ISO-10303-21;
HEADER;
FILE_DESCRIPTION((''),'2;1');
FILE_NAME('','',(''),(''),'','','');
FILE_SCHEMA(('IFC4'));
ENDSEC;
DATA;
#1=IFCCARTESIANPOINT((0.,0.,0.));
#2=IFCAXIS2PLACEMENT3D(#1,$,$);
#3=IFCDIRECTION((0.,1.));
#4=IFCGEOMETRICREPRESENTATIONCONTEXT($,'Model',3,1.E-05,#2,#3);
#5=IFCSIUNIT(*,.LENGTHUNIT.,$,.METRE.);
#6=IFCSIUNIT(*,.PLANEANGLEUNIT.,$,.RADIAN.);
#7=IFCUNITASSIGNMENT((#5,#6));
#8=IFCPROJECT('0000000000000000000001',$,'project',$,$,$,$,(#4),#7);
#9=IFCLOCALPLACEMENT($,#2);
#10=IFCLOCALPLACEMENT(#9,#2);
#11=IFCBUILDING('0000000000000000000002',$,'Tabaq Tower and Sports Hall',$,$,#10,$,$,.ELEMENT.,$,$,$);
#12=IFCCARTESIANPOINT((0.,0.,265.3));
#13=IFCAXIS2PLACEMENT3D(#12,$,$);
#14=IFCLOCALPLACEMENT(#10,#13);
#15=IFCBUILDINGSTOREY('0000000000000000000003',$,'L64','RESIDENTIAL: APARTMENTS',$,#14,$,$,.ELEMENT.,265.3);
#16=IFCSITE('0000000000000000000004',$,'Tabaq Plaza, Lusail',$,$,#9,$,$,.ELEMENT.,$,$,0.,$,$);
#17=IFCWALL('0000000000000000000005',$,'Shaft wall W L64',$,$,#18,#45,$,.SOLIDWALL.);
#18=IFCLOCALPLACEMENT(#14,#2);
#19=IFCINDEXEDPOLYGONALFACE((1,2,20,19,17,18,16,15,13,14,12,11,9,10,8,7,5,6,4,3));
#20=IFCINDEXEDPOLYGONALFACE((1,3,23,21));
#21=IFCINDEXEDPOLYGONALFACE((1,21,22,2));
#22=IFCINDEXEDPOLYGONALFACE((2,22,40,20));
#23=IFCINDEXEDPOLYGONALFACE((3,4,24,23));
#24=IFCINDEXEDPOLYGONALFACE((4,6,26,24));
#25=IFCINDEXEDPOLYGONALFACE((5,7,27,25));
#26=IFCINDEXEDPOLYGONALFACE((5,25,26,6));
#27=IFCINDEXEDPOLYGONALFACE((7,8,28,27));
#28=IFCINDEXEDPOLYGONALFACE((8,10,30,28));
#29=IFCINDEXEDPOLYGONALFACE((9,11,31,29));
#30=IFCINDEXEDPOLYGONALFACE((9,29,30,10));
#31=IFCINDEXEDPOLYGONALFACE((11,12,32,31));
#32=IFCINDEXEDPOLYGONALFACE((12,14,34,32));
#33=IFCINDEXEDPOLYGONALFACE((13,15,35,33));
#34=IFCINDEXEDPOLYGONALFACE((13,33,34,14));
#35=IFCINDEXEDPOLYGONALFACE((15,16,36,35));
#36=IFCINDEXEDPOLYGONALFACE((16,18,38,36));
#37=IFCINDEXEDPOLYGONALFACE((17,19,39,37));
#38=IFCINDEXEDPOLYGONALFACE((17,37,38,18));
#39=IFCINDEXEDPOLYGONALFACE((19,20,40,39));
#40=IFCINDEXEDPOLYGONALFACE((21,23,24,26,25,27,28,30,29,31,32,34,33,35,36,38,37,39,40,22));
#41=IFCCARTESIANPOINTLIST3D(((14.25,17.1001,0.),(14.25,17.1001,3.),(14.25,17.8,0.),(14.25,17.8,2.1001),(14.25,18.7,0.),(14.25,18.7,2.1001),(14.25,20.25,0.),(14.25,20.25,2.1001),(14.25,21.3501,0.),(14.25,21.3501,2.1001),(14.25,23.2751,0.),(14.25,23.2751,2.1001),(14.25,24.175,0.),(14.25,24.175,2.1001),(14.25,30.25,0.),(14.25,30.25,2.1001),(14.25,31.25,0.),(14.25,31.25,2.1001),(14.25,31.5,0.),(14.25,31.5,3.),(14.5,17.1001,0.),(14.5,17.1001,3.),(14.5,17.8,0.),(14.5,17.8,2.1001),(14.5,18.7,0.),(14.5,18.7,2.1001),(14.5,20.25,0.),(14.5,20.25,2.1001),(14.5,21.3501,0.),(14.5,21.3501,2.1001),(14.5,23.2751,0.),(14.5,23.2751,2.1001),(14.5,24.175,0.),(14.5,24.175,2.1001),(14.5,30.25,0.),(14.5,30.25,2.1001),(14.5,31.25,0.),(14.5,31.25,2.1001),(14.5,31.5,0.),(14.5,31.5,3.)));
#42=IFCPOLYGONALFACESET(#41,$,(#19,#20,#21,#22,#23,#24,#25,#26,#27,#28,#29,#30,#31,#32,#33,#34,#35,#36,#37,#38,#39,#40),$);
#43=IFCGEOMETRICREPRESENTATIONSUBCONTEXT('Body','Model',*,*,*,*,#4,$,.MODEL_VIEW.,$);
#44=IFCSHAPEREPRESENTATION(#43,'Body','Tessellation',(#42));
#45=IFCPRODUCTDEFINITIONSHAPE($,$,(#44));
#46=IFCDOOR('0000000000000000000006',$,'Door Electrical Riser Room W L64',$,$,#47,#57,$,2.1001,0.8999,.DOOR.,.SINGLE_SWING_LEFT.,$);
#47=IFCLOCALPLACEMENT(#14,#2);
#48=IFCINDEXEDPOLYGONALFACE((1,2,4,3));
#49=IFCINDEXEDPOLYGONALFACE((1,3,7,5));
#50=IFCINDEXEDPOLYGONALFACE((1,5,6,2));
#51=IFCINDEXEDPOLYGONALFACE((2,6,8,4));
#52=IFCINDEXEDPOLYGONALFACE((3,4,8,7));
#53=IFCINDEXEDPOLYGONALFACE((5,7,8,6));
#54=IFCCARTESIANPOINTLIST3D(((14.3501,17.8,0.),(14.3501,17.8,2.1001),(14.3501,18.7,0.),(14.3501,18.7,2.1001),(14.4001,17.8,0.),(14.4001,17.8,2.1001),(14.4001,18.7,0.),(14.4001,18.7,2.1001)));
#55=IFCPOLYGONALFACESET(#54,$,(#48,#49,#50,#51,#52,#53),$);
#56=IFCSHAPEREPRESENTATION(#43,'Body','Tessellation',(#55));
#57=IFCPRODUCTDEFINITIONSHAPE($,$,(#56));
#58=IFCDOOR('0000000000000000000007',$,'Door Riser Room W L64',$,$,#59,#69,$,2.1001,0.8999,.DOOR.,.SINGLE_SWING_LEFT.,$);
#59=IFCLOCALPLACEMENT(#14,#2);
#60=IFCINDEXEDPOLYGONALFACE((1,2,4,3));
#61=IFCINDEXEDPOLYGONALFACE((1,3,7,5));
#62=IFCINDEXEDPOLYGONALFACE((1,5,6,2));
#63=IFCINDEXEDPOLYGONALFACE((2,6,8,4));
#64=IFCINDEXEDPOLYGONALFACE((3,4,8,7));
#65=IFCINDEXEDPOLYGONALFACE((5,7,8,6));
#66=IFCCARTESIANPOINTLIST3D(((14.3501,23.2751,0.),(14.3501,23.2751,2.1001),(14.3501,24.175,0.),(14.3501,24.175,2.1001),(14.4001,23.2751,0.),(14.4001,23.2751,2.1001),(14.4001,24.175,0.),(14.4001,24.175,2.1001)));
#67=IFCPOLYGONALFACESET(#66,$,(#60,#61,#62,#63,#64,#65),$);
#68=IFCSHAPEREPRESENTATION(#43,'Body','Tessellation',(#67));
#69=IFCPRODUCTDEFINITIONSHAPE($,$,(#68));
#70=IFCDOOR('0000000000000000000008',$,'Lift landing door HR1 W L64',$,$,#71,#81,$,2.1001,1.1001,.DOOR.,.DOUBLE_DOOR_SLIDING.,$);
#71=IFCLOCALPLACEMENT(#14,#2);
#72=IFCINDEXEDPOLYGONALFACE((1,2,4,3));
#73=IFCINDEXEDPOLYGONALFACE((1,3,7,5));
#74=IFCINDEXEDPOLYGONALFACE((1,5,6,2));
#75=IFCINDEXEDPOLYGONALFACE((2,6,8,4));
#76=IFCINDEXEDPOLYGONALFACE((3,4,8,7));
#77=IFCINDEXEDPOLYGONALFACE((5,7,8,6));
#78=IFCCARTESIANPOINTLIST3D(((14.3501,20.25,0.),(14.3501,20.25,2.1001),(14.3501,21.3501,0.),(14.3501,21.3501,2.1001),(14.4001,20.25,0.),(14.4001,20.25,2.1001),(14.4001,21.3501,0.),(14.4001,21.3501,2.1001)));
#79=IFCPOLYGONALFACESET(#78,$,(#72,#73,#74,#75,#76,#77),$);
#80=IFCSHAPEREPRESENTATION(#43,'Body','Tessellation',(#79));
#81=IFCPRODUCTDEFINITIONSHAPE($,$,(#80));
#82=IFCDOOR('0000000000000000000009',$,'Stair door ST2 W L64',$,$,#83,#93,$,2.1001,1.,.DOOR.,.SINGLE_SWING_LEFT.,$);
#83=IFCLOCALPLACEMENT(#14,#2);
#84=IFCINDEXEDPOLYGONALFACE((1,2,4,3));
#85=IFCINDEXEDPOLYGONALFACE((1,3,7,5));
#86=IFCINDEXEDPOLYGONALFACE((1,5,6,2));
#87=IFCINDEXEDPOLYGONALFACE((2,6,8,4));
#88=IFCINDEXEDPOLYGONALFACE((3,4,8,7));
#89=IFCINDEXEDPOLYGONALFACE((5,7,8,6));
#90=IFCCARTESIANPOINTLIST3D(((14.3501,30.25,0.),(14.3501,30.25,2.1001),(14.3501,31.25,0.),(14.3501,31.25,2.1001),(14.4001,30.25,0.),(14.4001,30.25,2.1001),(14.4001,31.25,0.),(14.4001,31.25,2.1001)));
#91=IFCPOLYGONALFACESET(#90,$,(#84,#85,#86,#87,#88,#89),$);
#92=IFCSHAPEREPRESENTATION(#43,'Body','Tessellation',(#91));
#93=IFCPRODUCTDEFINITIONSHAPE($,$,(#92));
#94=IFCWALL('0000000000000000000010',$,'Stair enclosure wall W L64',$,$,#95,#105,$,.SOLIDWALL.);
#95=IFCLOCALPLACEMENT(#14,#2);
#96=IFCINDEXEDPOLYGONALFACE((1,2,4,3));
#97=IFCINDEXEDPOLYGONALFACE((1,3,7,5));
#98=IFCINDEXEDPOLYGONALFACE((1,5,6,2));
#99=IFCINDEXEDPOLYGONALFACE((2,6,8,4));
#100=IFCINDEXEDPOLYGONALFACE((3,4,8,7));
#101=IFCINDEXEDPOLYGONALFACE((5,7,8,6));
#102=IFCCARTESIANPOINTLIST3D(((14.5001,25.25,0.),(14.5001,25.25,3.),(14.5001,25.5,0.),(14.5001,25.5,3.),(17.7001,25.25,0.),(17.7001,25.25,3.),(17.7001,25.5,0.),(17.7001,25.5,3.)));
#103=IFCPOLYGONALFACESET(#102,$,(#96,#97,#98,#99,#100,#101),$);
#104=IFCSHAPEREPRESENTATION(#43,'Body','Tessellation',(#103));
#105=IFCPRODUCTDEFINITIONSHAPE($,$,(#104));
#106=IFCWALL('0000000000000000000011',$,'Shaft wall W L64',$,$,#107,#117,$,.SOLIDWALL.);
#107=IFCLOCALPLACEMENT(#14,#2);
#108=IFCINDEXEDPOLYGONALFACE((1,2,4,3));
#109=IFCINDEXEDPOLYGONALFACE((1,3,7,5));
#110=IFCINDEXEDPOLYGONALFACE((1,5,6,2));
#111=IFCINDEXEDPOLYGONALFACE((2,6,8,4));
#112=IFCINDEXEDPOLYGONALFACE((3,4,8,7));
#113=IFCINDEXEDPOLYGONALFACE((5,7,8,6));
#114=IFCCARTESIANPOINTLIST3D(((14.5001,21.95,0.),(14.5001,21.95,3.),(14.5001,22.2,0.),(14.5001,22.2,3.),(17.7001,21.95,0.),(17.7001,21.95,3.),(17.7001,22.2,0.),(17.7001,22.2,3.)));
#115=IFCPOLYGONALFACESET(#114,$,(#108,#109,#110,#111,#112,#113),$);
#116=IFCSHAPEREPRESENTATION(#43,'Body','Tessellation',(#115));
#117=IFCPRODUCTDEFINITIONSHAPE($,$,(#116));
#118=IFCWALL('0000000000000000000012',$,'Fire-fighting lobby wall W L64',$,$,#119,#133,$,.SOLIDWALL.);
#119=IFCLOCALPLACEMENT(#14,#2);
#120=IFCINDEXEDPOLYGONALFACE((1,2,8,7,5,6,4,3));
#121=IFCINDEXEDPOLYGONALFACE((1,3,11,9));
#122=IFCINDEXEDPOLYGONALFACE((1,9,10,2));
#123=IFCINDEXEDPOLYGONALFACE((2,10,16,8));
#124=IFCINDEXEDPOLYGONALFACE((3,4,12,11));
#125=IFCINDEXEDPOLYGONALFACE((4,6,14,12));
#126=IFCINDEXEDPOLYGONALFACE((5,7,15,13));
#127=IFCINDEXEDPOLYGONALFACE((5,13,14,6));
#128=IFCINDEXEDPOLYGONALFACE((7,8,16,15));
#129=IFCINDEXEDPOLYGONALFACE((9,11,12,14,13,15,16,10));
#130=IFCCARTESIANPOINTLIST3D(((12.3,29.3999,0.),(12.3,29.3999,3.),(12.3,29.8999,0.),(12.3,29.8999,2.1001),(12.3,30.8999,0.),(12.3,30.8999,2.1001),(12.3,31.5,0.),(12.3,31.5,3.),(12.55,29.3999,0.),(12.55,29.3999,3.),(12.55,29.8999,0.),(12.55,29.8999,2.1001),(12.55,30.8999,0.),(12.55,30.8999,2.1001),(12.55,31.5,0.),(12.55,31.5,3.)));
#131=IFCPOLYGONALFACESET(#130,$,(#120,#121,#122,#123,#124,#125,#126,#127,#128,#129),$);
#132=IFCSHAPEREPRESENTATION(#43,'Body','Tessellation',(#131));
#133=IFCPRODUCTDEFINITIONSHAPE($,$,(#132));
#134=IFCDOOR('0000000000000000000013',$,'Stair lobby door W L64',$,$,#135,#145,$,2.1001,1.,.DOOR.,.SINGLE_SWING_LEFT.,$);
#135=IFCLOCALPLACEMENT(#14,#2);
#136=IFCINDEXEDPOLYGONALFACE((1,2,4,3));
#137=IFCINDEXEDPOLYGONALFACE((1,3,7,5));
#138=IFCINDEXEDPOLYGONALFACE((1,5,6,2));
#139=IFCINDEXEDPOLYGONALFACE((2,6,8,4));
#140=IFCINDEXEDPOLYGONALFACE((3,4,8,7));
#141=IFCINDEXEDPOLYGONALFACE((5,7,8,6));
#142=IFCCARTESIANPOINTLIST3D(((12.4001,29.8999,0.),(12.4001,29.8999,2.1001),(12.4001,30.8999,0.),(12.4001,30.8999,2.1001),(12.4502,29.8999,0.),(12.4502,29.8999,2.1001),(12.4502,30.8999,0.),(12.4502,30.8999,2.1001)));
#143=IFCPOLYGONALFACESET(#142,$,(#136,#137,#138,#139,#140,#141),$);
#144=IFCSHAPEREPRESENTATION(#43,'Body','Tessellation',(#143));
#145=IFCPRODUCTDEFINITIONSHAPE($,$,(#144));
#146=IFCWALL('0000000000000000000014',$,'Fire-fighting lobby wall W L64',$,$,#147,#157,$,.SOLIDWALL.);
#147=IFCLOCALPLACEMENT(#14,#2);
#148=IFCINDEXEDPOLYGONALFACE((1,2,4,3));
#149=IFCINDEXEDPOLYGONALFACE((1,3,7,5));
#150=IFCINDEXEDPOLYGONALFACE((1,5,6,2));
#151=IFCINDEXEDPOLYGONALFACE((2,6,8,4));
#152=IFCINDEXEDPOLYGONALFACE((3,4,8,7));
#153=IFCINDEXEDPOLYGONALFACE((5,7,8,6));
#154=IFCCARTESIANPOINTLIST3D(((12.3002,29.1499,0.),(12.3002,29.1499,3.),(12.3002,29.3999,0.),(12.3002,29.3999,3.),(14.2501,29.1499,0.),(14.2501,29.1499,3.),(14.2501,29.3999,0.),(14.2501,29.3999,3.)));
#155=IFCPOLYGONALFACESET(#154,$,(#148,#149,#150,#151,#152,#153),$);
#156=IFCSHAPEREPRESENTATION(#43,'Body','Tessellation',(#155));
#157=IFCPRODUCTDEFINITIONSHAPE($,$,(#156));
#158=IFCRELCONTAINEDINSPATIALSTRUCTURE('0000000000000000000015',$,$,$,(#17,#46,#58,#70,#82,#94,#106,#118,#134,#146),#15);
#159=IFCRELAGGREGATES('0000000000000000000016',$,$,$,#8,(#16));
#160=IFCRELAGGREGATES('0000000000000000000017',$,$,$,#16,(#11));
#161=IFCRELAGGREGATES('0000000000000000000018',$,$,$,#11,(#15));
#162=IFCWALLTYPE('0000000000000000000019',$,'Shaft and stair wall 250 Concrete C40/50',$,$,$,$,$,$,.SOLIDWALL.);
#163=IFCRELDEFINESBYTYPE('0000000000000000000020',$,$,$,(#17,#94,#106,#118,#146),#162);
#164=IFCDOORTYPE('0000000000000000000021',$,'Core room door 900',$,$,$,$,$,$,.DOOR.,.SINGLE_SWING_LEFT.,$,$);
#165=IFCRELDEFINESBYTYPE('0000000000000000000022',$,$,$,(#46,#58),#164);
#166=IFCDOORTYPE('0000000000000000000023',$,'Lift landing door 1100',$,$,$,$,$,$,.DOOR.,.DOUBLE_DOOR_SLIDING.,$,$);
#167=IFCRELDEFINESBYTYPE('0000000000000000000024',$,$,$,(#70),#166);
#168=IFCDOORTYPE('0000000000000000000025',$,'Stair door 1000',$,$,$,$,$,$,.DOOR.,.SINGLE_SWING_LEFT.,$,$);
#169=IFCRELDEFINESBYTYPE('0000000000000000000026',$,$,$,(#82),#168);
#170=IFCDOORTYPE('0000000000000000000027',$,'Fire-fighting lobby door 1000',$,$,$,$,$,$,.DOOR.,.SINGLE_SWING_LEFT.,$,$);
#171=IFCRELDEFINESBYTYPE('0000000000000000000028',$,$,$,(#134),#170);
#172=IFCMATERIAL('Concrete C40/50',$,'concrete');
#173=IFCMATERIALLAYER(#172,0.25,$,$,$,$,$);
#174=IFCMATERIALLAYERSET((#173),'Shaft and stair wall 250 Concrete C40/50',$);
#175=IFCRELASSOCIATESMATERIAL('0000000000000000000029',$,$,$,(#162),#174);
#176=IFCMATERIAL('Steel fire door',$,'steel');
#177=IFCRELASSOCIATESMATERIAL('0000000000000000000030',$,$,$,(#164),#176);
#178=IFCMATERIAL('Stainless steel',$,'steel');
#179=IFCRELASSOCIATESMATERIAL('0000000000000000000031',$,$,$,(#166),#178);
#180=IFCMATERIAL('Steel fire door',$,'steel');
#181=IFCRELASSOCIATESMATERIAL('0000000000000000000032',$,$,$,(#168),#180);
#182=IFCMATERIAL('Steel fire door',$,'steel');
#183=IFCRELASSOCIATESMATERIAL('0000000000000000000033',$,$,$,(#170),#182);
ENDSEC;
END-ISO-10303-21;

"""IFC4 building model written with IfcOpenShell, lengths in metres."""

from ifc_helpers import new_model, si_unit, direction, frame, frame_2d, origin, place, context, subcontext, project, spatial, rectangle, extrude, material, layer, layer_set, type_object, element, fill, save


model = new_model("IFC4")

# Units and contexts
model_context = context("Model", 3, precision=1e-05, world=origin(), true_north=direction((0.0, 1.0)))
body_context = subcontext(model_context, "Body", "Model", "MODEL_VIEW")
ifc_project = project(units=[si_unit("LENGTHUNIT", "METRE"), si_unit("PLANEANGLEUNIT", "RADIAN")], contexts=[model_context])

# Site, building, storey
site_placement = place(None, origin())
site = spatial("IfcSite", under=ifc_project, at=site_placement, Name="Tabaq Plaza, Lusail", CompositionType="ELEMENT", RefElevation=0.0)
building_placement = place(site_placement, origin())
building = spatial("IfcBuilding", under=site, at=building_placement, Name="Tabaq Tower and Sports Hall", CompositionType="ELEMENT")
storey_placement = place(building_placement, frame((0.0, 0.0, 265.3)))
storey = spatial("IfcBuildingStorey", under=building, at=storey_placement, Name="L64", Description="RESIDENTIAL: APARTMENTS", CompositionType="ELEMENT", Elevation=265.3)

# Wall, openings, doors
ifc_material_1 = material(Name="Concrete C40/50", Category="concrete")
ifc_layer_1 = layer(ifc_material_1, 0.25)
ifc_layer_set_1 = layer_set([ifc_layer_1], Name="Shaft and stair wall 250 Concrete C40/50")
wall_type_1 = type_object("IfcWallType", Name="Shaft and stair wall 250 Concrete C40/50", PredefinedType="SOLIDWALL", material=ifc_layer_set_1)
wall_1_placement = place(storey_placement, frame((14.375, 17.1001, 0.0), z_axis=(0.0, 0.0, 1.0), x_axis=(0.0, 1.0, 0.0)))
wall_1 = element("IfcWall", 1, at=wall_1_placement, inside=storey, type_object=wall_type_1, Name="Shaft wall W L64", PredefinedType="SOLIDWALL", context=body_context, shape_type="SweptSolid", body=[
    extrude(rectangle(XDim=14.3999, YDim=0.25, at=frame_2d((7.2, 0.0))), origin(), (0.0, 0.0, 1.0), 3.0),
])
opening_1_placement = place(wall_1_placement, frame((13.1499, 0.0, 0.0)))
opening_1 = element("IfcOpeningElement", 2, at=opening_1_placement, cuts=wall_1, PredefinedType="OPENING", context=body_context, shape_type="SweptSolid", body=[
    extrude(rectangle(XDim=1.0, YDim=2.1001, at=frame_2d((0.5, 1.05))), frame((0.0, 0.125, 0.0), z_axis=(0.0, -1.0, 0.0), x_axis=(1.0, 0.0, 0.0)), (0.0, 0.0, 1.0), 0.25),
])
opening_2_placement = place(wall_1_placement, frame((3.1499, 0.0, 0.0)))
opening_2 = element("IfcOpeningElement", 3, at=opening_2_placement, cuts=wall_1, PredefinedType="OPENING", context=body_context, shape_type="SweptSolid", body=[
    extrude(rectangle(XDim=1.1001, YDim=2.1001, at=frame_2d((0.55, 1.05))), frame((0.0, 0.125, 0.0), z_axis=(0.0, -1.0, 0.0), x_axis=(1.0, 0.0, 0.0)), (0.0, 0.0, 1.0), 0.25),
])
opening_3_placement = place(wall_1_placement, frame((0.7, 0.0, 0.0)))
opening_3 = element("IfcOpeningElement", 4, at=opening_3_placement, cuts=wall_1, PredefinedType="OPENING", context=body_context, shape_type="SweptSolid", body=[
    extrude(rectangle(XDim=0.8999, YDim=2.1001, at=frame_2d((0.45, 1.05))), frame((0.0, 0.125, 0.0), z_axis=(0.0, -1.0, 0.0), x_axis=(1.0, 0.0, 0.0)), (0.0, 0.0, 1.0), 0.25),
])
opening_4_placement = place(wall_1_placement, frame((6.175, 0.0, 0.0)))
opening_4 = element("IfcOpeningElement", 5, at=opening_4_placement, cuts=wall_1, PredefinedType="OPENING", context=body_context, shape_type="SweptSolid", body=[
    extrude(rectangle(XDim=0.8999, YDim=2.1001, at=frame_2d((0.45, 1.05))), frame((0.0, 0.125, 0.0), z_axis=(0.0, -1.0, 0.0), x_axis=(1.0, 0.0, 0.0)), (0.0, 0.0, 1.0), 0.25),
])
ifc_material_2 = material(Name="Steel fire door", Category="steel")
door_type_1 = type_object("IfcDoorType", Name="Core room door 900", OperationType="SINGLE_SWING_LEFT", PredefinedType="DOOR", material=ifc_material_2)
door_1_placement = place(opening_3_placement, origin())
door_1 = element("IfcDoor", 6, at=door_1_placement, inside=storey, type_object=door_type_1, Name="Door Electrical Riser Room W L64", OperationType="SINGLE_SWING_LEFT", OverallHeight=2.1001, OverallWidth=0.8999, PredefinedType="DOOR", context=body_context, shape_type="SweptSolid", body=[
    extrude(rectangle(XDim=0.8999, YDim=2.1001, at=frame_2d((0.45, 1.05))), frame((0.0, 0.0249, 0.0), z_axis=(0.0, -1.0, 0.0), x_axis=(1.0, 0.0, 0.0)), (0.0, 0.0, 1.0), 0.05),
])
fill(opening_3, door_1)
door_2_placement = place(opening_4_placement, origin())
door_2 = element("IfcDoor", 7, at=door_2_placement, inside=storey, type_object=door_type_1, Name="Door Riser Room W L64", OperationType="SINGLE_SWING_LEFT", OverallHeight=2.1001, OverallWidth=0.8999, PredefinedType="DOOR", context=body_context, shape_type="SweptSolid", body=[
    extrude(rectangle(XDim=0.8999, YDim=2.1001, at=frame_2d((0.45, 1.05))), frame((0.0, 0.0249, 0.0), z_axis=(0.0, -1.0, 0.0), x_axis=(1.0, 0.0, 0.0)), (0.0, 0.0, 1.0), 0.05),
])
fill(opening_4, door_2)
ifc_material_3 = material(Name="Stainless steel", Category="steel")
door_type_2 = type_object("IfcDoorType", Name="Lift landing door 1100", OperationType="DOUBLE_DOOR_SLIDING", PredefinedType="DOOR", material=ifc_material_3)
door_3_placement = place(opening_2_placement, origin())
door_3 = element("IfcDoor", 8, at=door_3_placement, inside=storey, type_object=door_type_2, Name="Lift landing door HR1 W L64", OperationType="DOUBLE_DOOR_SLIDING", OverallHeight=2.1001, OverallWidth=1.1001, PredefinedType="DOOR", context=body_context, shape_type="SweptSolid", body=[
    extrude(rectangle(XDim=1.1001, YDim=2.1001, at=frame_2d((0.55, 1.05))), frame((0.0, 0.0249, 0.0), z_axis=(0.0, -1.0, 0.0), x_axis=(1.0, 0.0, 0.0)), (0.0, 0.0, 1.0), 0.05),
])
fill(opening_2, door_3)
ifc_material_4 = material(Name="Steel fire door", Category="steel")
door_type_3 = type_object("IfcDoorType", Name="Stair door 1000", OperationType="SINGLE_SWING_LEFT", PredefinedType="DOOR", material=ifc_material_4)
door_4_placement = place(opening_1_placement, origin())
door_4 = element("IfcDoor", 9, at=door_4_placement, inside=storey, type_object=door_type_3, Name="Stair door ST2 W L64", OperationType="SINGLE_SWING_LEFT", OverallHeight=2.1001, OverallWidth=1.0, PredefinedType="DOOR", context=body_context, shape_type="SweptSolid", body=[
    extrude(rectangle(XDim=1.0, YDim=2.1001, at=frame_2d((0.5, 1.05))), frame((0.0, 0.0249, 0.0), z_axis=(0.0, -1.0, 0.0), x_axis=(1.0, 0.0, 0.0)), (0.0, 0.0, 1.0), 0.05),
])
fill(opening_1, door_4)

# Walls
for number, where, z_axis, x_axis, name in (
    (10, (14.5, 25.375, 0.0), (0.0, 0.0, 1.0), (1.0, 0.0, 0.0), "Stair enclosure wall W L64"),
    (11, (14.5, 22.075, 0.0), (0.0, 0.0, 1.0), (1.0, 0.0, 0.0), "Shaft wall W L64"),
):
    element("IfcWall", number, at=place(storey_placement, frame(where, z_axis=z_axis, x_axis=x_axis)), inside=storey, type_object=wall_type_1, Name=name, PredefinedType="SOLIDWALL", context=body_context, shape_type="SweptSolid", body=[
        extrude(rectangle(XDim=3.2, YDim=0.25, at=frame_2d((1.6001, 0.0))), origin(), (0.0, 0.0, 1.0), 3.0),
    ])

# Wall, opening, door
wall_2_placement = place(storey_placement, frame((12.425, 29.3999, 0.0), z_axis=(0.0, 0.0, 1.0), x_axis=(0.0, 1.0, 0.0)))
wall_2 = element("IfcWall", 12, at=wall_2_placement, inside=storey, type_object=wall_type_1, Name="Fire-fighting lobby wall W L64", PredefinedType="SOLIDWALL", context=body_context, shape_type="SweptSolid", body=[
    extrude(rectangle(XDim=2.1001, YDim=0.25, at=frame_2d((1.05, 0.0))), origin(), (0.0, 0.0, 1.0), 3.0),
])
opening_5_placement = place(wall_2_placement, frame((0.5, 0.0, 0.0)))
opening_5 = element("IfcOpeningElement", 13, at=opening_5_placement, cuts=wall_2, PredefinedType="OPENING", context=body_context, shape_type="SweptSolid", body=[
    extrude(rectangle(XDim=1.0, YDim=2.1001, at=frame_2d((0.5, 1.05))), frame((0.0, 0.125, 0.0), z_axis=(0.0, -1.0, 0.0), x_axis=(1.0, 0.0, 0.0)), (0.0, 0.0, 1.0), 0.25),
])
ifc_material_5 = material(Name="Steel fire door", Category="steel")
door_type_4 = type_object("IfcDoorType", Name="Fire-fighting lobby door 1000", OperationType="SINGLE_SWING_LEFT", PredefinedType="DOOR", material=ifc_material_5)
door_5_placement = place(opening_5_placement, origin())
door_5 = element("IfcDoor", 14, at=door_5_placement, inside=storey, type_object=door_type_4, Name="Stair lobby door W L64", OperationType="SINGLE_SWING_LEFT", OverallHeight=2.1001, OverallWidth=1.0, PredefinedType="DOOR", context=body_context, shape_type="SweptSolid", body=[
    extrude(rectangle(XDim=1.0, YDim=2.1001, at=frame_2d((0.5, 1.05))), frame((0.0, 0.0249, 0.0), z_axis=(0.0, -1.0, 0.0), x_axis=(1.0, 0.0, 0.0)), (0.0, 0.0, 1.0), 0.05),
])
fill(opening_5, door_5)

# Wall
wall_3_placement = place(storey_placement, frame((12.3, 29.2749, 0.0), z_axis=(0.0, 0.0, 1.0), x_axis=(1.0, 0.0, 0.0)))
element("IfcWall", 15, at=wall_3_placement, inside=storey, type_object=wall_type_1, Name="Fire-fighting lobby wall W L64", PredefinedType="SOLIDWALL", context=body_context, shape_type="SweptSolid", body=[
    extrude(rectangle(XDim=1.95, YDim=0.25, at=frame_2d((0.9751, 0.0))), origin(), (0.0, 0.0, 1.0), 3.0),
])

save(model, "model.ifc")
